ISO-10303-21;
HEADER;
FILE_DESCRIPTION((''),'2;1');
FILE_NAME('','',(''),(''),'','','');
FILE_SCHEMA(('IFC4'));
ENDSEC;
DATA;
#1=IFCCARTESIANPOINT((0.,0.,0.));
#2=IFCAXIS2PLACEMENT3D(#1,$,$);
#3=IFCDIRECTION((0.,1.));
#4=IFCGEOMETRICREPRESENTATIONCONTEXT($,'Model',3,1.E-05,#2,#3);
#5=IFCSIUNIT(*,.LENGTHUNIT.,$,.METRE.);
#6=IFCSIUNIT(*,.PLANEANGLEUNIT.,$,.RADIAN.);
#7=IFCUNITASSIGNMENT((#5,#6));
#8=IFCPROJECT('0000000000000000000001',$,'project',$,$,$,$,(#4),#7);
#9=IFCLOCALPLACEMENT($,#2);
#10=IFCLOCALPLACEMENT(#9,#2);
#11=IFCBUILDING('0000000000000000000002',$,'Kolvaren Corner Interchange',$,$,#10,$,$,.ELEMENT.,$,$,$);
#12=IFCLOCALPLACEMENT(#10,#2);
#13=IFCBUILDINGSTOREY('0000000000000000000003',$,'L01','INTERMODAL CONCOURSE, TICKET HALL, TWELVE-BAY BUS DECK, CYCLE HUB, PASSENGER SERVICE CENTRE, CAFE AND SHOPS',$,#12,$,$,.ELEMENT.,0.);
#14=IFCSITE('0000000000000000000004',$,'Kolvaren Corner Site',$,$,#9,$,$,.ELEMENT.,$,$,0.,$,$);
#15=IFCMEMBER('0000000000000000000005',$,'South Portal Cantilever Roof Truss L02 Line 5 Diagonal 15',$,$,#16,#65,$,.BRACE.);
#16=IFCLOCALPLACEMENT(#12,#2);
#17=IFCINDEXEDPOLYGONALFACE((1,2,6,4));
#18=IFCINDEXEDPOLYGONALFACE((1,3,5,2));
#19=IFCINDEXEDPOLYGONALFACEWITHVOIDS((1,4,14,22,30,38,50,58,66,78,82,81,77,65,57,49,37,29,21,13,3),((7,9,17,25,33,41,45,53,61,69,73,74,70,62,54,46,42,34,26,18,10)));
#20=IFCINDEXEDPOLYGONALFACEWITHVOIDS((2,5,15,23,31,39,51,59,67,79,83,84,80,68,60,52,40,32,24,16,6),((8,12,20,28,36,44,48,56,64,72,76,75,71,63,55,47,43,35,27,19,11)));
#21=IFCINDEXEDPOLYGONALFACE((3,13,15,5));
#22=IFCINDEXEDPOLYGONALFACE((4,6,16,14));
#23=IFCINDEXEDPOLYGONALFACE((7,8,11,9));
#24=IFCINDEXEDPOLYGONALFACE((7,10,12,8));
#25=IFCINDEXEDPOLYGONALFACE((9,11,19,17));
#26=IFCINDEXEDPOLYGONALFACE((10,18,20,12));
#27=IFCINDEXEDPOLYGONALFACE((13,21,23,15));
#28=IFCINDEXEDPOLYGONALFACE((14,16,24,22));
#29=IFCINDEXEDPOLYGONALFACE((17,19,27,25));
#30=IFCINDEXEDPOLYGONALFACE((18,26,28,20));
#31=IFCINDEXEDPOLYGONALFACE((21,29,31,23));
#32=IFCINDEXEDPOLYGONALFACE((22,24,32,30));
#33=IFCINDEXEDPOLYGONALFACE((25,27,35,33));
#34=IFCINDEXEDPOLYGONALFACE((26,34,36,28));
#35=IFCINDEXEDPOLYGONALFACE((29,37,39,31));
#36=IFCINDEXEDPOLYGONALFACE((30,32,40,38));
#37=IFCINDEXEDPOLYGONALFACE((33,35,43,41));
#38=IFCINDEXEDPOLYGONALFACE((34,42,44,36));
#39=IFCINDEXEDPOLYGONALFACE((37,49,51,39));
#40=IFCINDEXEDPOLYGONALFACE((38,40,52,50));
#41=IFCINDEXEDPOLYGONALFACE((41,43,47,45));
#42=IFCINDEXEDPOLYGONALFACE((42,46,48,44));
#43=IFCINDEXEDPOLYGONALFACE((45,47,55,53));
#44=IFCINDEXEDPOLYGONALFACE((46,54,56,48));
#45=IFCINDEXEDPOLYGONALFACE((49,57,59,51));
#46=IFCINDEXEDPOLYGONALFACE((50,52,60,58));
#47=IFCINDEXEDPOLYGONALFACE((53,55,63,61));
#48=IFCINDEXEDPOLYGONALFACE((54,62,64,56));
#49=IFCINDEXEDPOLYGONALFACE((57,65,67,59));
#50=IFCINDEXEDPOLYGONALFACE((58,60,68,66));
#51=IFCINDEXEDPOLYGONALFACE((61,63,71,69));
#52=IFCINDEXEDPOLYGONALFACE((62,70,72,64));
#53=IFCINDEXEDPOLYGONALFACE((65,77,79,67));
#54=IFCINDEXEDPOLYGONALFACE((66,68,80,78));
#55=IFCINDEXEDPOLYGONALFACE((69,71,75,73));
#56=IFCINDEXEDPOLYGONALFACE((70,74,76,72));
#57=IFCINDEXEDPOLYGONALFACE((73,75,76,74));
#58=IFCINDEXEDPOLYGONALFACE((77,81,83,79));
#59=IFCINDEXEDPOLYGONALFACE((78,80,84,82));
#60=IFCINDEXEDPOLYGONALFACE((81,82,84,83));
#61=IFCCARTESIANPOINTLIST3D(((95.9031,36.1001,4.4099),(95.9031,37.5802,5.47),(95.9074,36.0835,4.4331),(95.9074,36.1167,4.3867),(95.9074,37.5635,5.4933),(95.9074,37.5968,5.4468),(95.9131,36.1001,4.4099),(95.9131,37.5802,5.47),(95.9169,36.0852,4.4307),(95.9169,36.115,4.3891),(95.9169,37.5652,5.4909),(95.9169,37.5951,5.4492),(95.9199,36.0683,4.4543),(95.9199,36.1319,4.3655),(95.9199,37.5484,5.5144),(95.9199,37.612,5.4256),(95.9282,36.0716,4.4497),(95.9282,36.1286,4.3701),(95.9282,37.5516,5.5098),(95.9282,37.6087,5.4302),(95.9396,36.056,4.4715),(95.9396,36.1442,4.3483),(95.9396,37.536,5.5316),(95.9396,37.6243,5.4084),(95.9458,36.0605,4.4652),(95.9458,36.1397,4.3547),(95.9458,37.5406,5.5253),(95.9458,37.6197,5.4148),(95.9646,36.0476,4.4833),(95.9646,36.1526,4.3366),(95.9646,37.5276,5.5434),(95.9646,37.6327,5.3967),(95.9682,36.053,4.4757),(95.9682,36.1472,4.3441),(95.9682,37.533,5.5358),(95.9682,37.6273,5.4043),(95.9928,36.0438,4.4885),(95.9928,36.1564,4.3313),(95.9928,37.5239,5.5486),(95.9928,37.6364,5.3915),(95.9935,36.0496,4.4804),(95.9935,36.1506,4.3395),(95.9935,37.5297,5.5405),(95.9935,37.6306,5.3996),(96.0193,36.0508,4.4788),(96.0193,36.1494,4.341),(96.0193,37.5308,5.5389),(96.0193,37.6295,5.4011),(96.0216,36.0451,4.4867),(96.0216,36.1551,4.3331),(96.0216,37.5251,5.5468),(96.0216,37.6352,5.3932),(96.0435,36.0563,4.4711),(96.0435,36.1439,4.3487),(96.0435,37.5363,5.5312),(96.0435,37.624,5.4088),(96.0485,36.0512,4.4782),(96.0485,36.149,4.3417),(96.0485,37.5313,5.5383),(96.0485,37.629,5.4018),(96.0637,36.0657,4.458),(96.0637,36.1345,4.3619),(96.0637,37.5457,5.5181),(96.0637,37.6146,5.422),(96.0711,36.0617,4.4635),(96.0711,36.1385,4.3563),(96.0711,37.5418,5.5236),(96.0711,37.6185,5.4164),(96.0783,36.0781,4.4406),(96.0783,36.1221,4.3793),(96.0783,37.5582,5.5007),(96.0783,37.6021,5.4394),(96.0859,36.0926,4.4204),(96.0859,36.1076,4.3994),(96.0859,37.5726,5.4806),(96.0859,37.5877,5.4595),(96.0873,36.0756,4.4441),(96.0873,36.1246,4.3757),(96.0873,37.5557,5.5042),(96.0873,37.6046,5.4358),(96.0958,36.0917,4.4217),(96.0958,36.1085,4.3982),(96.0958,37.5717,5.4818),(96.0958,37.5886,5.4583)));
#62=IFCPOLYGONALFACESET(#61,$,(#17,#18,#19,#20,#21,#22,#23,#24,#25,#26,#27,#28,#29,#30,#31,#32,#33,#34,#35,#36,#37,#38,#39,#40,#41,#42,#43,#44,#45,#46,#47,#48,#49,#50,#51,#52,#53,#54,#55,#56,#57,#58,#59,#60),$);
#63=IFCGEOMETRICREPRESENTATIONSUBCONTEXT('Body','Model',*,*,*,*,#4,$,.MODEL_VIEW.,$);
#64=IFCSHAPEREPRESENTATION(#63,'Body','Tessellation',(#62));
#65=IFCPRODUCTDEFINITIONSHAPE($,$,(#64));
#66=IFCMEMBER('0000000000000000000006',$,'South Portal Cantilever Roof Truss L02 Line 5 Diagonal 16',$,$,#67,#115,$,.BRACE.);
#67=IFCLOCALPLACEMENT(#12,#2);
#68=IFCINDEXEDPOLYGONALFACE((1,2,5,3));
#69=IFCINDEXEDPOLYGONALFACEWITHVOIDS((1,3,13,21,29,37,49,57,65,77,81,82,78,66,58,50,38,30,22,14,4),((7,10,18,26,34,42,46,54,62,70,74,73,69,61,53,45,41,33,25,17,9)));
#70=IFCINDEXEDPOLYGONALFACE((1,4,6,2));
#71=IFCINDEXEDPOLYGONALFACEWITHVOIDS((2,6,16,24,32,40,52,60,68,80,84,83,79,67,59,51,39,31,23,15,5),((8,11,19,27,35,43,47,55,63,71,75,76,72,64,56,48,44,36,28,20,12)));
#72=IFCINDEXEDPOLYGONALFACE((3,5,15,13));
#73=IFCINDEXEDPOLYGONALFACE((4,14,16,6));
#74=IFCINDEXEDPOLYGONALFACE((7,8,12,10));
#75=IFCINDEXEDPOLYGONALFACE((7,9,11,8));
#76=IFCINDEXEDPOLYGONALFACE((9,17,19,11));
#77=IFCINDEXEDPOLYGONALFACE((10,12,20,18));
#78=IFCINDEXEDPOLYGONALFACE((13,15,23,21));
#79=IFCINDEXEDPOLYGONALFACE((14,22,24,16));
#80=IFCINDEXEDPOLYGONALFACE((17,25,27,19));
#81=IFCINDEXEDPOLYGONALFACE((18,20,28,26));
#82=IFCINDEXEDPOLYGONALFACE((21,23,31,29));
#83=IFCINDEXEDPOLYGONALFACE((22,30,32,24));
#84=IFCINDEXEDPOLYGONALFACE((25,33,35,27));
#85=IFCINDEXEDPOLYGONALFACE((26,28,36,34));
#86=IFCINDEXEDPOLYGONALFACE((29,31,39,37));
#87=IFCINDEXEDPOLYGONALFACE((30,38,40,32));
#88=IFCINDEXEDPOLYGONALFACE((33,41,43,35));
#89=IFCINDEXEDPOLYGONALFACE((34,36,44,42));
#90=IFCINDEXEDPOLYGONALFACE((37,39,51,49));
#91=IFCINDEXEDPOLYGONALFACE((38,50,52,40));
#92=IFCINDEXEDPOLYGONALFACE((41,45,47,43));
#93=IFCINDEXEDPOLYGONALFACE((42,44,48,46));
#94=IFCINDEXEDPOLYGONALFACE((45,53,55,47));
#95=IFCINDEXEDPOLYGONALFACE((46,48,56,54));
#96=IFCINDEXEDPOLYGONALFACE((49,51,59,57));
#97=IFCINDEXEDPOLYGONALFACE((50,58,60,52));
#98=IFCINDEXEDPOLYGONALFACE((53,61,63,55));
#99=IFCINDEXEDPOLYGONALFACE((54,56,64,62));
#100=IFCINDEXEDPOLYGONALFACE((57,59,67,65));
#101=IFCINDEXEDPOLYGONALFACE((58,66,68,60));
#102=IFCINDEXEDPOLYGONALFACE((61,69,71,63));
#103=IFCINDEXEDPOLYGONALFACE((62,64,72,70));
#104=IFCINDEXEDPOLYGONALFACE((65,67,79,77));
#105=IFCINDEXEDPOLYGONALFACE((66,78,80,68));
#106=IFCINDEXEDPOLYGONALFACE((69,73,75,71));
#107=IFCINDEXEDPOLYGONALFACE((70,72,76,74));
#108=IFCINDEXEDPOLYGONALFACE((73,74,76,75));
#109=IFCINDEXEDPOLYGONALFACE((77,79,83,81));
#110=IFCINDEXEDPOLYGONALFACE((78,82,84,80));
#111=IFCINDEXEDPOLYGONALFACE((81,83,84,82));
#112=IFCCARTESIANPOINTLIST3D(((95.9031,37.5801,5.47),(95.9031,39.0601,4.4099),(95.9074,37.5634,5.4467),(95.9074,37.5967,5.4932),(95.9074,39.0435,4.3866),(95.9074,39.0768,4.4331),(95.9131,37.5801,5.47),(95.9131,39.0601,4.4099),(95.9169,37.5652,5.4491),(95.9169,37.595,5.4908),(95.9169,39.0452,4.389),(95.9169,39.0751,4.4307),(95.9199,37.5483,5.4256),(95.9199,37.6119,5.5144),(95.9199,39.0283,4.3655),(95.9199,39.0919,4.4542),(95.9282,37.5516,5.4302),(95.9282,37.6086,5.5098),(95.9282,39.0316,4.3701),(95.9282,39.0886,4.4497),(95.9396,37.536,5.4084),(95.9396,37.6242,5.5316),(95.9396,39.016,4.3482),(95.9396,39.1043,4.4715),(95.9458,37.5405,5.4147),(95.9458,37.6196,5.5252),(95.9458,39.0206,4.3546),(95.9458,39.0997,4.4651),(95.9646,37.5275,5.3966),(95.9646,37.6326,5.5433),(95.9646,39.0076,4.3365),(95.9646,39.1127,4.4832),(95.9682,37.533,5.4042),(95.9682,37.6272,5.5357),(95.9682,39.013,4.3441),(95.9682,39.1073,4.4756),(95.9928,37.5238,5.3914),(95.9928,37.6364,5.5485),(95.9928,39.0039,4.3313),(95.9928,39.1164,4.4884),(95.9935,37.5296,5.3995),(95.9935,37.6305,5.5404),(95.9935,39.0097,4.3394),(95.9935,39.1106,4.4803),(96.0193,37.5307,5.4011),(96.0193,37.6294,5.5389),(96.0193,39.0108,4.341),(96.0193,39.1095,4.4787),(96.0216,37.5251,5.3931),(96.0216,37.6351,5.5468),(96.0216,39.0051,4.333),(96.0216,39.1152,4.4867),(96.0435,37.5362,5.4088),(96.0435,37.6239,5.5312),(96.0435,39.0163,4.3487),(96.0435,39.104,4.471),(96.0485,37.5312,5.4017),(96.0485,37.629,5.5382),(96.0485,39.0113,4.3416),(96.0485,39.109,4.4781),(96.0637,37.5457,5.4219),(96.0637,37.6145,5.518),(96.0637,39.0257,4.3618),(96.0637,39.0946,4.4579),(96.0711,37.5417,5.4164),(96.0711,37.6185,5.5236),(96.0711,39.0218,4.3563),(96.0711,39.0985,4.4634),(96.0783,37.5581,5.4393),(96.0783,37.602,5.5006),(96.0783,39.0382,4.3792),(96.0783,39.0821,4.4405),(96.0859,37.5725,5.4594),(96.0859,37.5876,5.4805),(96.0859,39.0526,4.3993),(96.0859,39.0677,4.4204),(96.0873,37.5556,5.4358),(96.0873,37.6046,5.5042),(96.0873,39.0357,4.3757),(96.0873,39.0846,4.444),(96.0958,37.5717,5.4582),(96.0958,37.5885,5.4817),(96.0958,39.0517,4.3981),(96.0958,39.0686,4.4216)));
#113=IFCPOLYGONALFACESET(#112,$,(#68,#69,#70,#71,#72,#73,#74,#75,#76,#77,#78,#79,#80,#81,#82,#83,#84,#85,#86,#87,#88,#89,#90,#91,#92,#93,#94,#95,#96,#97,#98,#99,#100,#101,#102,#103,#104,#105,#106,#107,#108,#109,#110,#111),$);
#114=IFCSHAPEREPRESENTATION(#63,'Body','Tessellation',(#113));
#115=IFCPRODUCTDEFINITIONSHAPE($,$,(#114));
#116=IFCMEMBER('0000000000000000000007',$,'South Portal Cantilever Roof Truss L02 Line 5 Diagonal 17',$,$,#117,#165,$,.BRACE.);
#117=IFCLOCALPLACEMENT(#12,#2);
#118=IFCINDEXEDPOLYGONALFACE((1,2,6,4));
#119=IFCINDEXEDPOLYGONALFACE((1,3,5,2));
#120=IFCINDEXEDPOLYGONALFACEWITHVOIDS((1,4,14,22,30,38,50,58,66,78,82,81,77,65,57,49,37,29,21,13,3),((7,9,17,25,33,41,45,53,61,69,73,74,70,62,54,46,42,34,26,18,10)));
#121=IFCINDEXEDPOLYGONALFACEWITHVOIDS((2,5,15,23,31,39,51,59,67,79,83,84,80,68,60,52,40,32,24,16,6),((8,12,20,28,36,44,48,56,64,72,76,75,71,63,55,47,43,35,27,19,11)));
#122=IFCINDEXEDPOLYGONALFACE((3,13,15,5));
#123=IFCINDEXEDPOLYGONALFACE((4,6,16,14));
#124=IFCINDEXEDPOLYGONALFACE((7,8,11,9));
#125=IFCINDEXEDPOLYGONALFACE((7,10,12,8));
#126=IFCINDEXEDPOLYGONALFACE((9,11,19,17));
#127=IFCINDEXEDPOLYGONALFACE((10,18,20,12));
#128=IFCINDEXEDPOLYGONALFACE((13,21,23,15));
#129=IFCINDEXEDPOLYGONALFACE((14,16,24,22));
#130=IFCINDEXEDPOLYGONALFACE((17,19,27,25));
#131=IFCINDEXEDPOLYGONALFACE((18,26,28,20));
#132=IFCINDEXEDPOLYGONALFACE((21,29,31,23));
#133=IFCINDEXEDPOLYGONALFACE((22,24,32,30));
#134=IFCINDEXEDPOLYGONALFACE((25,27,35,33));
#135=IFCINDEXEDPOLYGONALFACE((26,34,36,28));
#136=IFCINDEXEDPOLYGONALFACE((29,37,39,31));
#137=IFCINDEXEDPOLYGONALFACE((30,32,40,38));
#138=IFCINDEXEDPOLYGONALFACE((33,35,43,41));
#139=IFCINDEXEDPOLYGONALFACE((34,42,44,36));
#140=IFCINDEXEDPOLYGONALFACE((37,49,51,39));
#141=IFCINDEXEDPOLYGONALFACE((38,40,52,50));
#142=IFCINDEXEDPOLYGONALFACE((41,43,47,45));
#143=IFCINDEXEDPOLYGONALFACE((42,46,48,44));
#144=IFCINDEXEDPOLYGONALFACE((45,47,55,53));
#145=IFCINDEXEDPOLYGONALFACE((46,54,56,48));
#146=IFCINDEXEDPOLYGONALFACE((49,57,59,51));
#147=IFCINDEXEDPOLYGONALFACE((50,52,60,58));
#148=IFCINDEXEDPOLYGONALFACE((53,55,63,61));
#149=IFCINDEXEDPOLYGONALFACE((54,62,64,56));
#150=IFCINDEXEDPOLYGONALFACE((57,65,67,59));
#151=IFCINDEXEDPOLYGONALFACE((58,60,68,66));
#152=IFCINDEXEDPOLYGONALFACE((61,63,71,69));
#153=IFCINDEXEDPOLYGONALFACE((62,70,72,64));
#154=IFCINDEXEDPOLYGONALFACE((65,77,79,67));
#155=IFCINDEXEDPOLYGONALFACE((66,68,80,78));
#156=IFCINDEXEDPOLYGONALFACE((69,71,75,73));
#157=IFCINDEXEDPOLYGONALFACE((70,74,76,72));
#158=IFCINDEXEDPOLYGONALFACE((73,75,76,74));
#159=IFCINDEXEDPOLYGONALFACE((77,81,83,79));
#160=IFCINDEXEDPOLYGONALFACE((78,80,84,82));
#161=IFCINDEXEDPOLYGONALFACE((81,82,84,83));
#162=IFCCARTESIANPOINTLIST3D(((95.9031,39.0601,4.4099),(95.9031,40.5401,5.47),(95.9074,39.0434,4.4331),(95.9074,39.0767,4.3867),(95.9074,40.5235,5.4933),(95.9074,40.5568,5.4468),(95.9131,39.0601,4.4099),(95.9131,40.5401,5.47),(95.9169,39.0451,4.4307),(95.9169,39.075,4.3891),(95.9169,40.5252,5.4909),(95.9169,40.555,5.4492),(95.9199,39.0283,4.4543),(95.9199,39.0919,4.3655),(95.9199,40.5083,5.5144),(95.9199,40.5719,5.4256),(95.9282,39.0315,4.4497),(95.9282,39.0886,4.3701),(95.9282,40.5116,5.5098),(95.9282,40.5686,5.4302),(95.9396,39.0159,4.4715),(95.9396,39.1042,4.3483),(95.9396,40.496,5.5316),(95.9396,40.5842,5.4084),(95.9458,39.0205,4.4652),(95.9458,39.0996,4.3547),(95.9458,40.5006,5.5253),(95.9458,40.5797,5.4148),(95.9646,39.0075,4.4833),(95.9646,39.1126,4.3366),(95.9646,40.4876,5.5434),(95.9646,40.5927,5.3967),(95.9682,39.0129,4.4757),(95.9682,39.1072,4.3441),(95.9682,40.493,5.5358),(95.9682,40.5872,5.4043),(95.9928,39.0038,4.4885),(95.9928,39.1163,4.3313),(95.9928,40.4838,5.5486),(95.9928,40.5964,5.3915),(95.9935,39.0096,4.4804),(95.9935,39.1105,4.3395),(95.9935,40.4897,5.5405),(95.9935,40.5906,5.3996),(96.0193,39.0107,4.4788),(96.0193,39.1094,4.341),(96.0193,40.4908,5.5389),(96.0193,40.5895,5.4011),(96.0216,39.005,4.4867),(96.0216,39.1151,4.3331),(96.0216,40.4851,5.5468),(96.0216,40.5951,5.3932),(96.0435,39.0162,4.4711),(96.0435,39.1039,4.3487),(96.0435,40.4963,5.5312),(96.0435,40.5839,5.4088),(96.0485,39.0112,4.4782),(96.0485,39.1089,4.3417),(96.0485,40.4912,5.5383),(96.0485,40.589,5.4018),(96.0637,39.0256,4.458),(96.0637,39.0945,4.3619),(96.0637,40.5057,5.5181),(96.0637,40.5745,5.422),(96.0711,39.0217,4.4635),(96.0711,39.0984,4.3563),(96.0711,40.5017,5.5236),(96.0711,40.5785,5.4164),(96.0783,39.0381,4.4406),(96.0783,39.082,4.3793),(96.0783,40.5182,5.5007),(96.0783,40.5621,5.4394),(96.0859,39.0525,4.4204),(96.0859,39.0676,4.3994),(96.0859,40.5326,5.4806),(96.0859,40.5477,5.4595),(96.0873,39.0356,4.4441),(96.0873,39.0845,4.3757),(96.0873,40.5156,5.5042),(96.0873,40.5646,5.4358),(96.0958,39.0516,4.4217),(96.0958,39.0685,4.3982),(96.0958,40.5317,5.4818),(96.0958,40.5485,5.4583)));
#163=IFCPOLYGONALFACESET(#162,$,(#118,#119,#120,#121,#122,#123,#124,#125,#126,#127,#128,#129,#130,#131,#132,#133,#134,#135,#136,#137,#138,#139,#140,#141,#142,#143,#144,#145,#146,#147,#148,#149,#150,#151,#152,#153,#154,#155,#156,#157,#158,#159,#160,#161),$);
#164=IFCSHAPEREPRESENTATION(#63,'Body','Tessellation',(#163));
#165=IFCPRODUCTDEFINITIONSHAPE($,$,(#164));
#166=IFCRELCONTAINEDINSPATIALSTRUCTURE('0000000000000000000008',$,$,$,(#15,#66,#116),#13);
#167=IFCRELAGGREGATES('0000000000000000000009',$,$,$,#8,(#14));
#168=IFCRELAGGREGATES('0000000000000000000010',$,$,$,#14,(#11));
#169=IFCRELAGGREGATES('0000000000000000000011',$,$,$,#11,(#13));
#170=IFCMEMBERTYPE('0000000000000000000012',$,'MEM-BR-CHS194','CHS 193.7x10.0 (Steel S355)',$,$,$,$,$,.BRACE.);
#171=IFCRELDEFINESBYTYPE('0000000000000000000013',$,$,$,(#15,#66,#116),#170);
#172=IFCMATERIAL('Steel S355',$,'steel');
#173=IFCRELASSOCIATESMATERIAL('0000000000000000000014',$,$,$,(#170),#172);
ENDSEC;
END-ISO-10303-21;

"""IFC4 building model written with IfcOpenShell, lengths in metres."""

from ifc_helpers import new_model, si_unit, direction, frame, origin, origin_2d, place, context, subcontext, project, spatial, hollow_circle, extrude, material, material_profile, profile_set, type_object, element, save


model = new_model("IFC4")

# Units and contexts
model_context = context("Model", 3, precision=1e-05, world=origin(), true_north=direction((0.0, 1.0)))
body_context = subcontext(model_context, "Body", "Model", "MODEL_VIEW")
ifc_project = project(units=[si_unit("LENGTHUNIT", "METRE"), si_unit("PLANEANGLEUNIT", "RADIAN")], contexts=[model_context])

# Site, building, storey
site_placement = place(None, origin())
site = spatial("IfcSite", under=ifc_project, at=site_placement, Name="Kolvaren Corner Site", CompositionType="ELEMENT", RefElevation=0.0)
building_placement = place(site_placement, origin())
building = spatial("IfcBuilding", under=site, at=building_placement, Name="Kolvaren Corner Interchange", CompositionType="ELEMENT")
storey_placement = place(building_placement, origin())
storey = spatial("IfcBuildingStorey", under=building, at=storey_placement, Name="L01", Description="INTERMODAL CONCOURSE, TICKET HALL, TWELVE-BAY BUS DECK, CYCLE HUB, PASSENGER SERVICE CENTRE, CAFE AND SHOPS", CompositionType="ELEMENT", Elevation=0.0)

# Members
ifc_material_1 = material(Name="Steel S355", Category="steel")
ifc_material_profile_1 = material_profile(ifc_material_1, hollow_circle(Radius=0.0969, WallThickness=0.01, at=origin_2d()), Name="CHS 193.7x10.0")
ifc_profile_set_1 = profile_set([ifc_material_profile_1], Name="Steel S355")
member_type_1 = type_object("IfcMemberType", Name="MEM-BR-CHS194", Description="CHS 193.7x10.0 (Steel S355)", PredefinedType="BRACE", material=ifc_profile_set_1)
for number, where, z_axis, x_axis, name in (
    (1, (96.0, 36.1001, 4.4099), (0.0, 0.812972, 0.582303), (-1.0, 0.0, 0.0), "South Portal Cantilever Roof Truss L02 Line 5 Diagonal 15"),
    (2, (96.0, 37.5801, 5.47), (0.0, 0.812972, -0.582303), (-1.0, 0.0, 0.0), "South Portal Cantilever Roof Truss L02 Line 5 Diagonal 16"),
    (3, (96.0, 39.0601, 4.4099), (0.0, 0.812972, 0.582303), (-1.0, 0.0, 0.0), "South Portal Cantilever Roof Truss L02 Line 5 Diagonal 17"),
):
    element("IfcMember", number, at=place(storey_placement, frame(where, z_axis=z_axis, x_axis=x_axis)), inside=storey, type_object=member_type_1, Name=name, PredefinedType="BRACE", context=body_context, shape_type="SweptSolid", body=[
        extrude(hollow_circle(Radius=0.0969, WallThickness=0.01, at=origin_2d()), origin(), (0.0, 0.0, 1.0), 1.8206),
    ])

save(model, "model.ifc")
